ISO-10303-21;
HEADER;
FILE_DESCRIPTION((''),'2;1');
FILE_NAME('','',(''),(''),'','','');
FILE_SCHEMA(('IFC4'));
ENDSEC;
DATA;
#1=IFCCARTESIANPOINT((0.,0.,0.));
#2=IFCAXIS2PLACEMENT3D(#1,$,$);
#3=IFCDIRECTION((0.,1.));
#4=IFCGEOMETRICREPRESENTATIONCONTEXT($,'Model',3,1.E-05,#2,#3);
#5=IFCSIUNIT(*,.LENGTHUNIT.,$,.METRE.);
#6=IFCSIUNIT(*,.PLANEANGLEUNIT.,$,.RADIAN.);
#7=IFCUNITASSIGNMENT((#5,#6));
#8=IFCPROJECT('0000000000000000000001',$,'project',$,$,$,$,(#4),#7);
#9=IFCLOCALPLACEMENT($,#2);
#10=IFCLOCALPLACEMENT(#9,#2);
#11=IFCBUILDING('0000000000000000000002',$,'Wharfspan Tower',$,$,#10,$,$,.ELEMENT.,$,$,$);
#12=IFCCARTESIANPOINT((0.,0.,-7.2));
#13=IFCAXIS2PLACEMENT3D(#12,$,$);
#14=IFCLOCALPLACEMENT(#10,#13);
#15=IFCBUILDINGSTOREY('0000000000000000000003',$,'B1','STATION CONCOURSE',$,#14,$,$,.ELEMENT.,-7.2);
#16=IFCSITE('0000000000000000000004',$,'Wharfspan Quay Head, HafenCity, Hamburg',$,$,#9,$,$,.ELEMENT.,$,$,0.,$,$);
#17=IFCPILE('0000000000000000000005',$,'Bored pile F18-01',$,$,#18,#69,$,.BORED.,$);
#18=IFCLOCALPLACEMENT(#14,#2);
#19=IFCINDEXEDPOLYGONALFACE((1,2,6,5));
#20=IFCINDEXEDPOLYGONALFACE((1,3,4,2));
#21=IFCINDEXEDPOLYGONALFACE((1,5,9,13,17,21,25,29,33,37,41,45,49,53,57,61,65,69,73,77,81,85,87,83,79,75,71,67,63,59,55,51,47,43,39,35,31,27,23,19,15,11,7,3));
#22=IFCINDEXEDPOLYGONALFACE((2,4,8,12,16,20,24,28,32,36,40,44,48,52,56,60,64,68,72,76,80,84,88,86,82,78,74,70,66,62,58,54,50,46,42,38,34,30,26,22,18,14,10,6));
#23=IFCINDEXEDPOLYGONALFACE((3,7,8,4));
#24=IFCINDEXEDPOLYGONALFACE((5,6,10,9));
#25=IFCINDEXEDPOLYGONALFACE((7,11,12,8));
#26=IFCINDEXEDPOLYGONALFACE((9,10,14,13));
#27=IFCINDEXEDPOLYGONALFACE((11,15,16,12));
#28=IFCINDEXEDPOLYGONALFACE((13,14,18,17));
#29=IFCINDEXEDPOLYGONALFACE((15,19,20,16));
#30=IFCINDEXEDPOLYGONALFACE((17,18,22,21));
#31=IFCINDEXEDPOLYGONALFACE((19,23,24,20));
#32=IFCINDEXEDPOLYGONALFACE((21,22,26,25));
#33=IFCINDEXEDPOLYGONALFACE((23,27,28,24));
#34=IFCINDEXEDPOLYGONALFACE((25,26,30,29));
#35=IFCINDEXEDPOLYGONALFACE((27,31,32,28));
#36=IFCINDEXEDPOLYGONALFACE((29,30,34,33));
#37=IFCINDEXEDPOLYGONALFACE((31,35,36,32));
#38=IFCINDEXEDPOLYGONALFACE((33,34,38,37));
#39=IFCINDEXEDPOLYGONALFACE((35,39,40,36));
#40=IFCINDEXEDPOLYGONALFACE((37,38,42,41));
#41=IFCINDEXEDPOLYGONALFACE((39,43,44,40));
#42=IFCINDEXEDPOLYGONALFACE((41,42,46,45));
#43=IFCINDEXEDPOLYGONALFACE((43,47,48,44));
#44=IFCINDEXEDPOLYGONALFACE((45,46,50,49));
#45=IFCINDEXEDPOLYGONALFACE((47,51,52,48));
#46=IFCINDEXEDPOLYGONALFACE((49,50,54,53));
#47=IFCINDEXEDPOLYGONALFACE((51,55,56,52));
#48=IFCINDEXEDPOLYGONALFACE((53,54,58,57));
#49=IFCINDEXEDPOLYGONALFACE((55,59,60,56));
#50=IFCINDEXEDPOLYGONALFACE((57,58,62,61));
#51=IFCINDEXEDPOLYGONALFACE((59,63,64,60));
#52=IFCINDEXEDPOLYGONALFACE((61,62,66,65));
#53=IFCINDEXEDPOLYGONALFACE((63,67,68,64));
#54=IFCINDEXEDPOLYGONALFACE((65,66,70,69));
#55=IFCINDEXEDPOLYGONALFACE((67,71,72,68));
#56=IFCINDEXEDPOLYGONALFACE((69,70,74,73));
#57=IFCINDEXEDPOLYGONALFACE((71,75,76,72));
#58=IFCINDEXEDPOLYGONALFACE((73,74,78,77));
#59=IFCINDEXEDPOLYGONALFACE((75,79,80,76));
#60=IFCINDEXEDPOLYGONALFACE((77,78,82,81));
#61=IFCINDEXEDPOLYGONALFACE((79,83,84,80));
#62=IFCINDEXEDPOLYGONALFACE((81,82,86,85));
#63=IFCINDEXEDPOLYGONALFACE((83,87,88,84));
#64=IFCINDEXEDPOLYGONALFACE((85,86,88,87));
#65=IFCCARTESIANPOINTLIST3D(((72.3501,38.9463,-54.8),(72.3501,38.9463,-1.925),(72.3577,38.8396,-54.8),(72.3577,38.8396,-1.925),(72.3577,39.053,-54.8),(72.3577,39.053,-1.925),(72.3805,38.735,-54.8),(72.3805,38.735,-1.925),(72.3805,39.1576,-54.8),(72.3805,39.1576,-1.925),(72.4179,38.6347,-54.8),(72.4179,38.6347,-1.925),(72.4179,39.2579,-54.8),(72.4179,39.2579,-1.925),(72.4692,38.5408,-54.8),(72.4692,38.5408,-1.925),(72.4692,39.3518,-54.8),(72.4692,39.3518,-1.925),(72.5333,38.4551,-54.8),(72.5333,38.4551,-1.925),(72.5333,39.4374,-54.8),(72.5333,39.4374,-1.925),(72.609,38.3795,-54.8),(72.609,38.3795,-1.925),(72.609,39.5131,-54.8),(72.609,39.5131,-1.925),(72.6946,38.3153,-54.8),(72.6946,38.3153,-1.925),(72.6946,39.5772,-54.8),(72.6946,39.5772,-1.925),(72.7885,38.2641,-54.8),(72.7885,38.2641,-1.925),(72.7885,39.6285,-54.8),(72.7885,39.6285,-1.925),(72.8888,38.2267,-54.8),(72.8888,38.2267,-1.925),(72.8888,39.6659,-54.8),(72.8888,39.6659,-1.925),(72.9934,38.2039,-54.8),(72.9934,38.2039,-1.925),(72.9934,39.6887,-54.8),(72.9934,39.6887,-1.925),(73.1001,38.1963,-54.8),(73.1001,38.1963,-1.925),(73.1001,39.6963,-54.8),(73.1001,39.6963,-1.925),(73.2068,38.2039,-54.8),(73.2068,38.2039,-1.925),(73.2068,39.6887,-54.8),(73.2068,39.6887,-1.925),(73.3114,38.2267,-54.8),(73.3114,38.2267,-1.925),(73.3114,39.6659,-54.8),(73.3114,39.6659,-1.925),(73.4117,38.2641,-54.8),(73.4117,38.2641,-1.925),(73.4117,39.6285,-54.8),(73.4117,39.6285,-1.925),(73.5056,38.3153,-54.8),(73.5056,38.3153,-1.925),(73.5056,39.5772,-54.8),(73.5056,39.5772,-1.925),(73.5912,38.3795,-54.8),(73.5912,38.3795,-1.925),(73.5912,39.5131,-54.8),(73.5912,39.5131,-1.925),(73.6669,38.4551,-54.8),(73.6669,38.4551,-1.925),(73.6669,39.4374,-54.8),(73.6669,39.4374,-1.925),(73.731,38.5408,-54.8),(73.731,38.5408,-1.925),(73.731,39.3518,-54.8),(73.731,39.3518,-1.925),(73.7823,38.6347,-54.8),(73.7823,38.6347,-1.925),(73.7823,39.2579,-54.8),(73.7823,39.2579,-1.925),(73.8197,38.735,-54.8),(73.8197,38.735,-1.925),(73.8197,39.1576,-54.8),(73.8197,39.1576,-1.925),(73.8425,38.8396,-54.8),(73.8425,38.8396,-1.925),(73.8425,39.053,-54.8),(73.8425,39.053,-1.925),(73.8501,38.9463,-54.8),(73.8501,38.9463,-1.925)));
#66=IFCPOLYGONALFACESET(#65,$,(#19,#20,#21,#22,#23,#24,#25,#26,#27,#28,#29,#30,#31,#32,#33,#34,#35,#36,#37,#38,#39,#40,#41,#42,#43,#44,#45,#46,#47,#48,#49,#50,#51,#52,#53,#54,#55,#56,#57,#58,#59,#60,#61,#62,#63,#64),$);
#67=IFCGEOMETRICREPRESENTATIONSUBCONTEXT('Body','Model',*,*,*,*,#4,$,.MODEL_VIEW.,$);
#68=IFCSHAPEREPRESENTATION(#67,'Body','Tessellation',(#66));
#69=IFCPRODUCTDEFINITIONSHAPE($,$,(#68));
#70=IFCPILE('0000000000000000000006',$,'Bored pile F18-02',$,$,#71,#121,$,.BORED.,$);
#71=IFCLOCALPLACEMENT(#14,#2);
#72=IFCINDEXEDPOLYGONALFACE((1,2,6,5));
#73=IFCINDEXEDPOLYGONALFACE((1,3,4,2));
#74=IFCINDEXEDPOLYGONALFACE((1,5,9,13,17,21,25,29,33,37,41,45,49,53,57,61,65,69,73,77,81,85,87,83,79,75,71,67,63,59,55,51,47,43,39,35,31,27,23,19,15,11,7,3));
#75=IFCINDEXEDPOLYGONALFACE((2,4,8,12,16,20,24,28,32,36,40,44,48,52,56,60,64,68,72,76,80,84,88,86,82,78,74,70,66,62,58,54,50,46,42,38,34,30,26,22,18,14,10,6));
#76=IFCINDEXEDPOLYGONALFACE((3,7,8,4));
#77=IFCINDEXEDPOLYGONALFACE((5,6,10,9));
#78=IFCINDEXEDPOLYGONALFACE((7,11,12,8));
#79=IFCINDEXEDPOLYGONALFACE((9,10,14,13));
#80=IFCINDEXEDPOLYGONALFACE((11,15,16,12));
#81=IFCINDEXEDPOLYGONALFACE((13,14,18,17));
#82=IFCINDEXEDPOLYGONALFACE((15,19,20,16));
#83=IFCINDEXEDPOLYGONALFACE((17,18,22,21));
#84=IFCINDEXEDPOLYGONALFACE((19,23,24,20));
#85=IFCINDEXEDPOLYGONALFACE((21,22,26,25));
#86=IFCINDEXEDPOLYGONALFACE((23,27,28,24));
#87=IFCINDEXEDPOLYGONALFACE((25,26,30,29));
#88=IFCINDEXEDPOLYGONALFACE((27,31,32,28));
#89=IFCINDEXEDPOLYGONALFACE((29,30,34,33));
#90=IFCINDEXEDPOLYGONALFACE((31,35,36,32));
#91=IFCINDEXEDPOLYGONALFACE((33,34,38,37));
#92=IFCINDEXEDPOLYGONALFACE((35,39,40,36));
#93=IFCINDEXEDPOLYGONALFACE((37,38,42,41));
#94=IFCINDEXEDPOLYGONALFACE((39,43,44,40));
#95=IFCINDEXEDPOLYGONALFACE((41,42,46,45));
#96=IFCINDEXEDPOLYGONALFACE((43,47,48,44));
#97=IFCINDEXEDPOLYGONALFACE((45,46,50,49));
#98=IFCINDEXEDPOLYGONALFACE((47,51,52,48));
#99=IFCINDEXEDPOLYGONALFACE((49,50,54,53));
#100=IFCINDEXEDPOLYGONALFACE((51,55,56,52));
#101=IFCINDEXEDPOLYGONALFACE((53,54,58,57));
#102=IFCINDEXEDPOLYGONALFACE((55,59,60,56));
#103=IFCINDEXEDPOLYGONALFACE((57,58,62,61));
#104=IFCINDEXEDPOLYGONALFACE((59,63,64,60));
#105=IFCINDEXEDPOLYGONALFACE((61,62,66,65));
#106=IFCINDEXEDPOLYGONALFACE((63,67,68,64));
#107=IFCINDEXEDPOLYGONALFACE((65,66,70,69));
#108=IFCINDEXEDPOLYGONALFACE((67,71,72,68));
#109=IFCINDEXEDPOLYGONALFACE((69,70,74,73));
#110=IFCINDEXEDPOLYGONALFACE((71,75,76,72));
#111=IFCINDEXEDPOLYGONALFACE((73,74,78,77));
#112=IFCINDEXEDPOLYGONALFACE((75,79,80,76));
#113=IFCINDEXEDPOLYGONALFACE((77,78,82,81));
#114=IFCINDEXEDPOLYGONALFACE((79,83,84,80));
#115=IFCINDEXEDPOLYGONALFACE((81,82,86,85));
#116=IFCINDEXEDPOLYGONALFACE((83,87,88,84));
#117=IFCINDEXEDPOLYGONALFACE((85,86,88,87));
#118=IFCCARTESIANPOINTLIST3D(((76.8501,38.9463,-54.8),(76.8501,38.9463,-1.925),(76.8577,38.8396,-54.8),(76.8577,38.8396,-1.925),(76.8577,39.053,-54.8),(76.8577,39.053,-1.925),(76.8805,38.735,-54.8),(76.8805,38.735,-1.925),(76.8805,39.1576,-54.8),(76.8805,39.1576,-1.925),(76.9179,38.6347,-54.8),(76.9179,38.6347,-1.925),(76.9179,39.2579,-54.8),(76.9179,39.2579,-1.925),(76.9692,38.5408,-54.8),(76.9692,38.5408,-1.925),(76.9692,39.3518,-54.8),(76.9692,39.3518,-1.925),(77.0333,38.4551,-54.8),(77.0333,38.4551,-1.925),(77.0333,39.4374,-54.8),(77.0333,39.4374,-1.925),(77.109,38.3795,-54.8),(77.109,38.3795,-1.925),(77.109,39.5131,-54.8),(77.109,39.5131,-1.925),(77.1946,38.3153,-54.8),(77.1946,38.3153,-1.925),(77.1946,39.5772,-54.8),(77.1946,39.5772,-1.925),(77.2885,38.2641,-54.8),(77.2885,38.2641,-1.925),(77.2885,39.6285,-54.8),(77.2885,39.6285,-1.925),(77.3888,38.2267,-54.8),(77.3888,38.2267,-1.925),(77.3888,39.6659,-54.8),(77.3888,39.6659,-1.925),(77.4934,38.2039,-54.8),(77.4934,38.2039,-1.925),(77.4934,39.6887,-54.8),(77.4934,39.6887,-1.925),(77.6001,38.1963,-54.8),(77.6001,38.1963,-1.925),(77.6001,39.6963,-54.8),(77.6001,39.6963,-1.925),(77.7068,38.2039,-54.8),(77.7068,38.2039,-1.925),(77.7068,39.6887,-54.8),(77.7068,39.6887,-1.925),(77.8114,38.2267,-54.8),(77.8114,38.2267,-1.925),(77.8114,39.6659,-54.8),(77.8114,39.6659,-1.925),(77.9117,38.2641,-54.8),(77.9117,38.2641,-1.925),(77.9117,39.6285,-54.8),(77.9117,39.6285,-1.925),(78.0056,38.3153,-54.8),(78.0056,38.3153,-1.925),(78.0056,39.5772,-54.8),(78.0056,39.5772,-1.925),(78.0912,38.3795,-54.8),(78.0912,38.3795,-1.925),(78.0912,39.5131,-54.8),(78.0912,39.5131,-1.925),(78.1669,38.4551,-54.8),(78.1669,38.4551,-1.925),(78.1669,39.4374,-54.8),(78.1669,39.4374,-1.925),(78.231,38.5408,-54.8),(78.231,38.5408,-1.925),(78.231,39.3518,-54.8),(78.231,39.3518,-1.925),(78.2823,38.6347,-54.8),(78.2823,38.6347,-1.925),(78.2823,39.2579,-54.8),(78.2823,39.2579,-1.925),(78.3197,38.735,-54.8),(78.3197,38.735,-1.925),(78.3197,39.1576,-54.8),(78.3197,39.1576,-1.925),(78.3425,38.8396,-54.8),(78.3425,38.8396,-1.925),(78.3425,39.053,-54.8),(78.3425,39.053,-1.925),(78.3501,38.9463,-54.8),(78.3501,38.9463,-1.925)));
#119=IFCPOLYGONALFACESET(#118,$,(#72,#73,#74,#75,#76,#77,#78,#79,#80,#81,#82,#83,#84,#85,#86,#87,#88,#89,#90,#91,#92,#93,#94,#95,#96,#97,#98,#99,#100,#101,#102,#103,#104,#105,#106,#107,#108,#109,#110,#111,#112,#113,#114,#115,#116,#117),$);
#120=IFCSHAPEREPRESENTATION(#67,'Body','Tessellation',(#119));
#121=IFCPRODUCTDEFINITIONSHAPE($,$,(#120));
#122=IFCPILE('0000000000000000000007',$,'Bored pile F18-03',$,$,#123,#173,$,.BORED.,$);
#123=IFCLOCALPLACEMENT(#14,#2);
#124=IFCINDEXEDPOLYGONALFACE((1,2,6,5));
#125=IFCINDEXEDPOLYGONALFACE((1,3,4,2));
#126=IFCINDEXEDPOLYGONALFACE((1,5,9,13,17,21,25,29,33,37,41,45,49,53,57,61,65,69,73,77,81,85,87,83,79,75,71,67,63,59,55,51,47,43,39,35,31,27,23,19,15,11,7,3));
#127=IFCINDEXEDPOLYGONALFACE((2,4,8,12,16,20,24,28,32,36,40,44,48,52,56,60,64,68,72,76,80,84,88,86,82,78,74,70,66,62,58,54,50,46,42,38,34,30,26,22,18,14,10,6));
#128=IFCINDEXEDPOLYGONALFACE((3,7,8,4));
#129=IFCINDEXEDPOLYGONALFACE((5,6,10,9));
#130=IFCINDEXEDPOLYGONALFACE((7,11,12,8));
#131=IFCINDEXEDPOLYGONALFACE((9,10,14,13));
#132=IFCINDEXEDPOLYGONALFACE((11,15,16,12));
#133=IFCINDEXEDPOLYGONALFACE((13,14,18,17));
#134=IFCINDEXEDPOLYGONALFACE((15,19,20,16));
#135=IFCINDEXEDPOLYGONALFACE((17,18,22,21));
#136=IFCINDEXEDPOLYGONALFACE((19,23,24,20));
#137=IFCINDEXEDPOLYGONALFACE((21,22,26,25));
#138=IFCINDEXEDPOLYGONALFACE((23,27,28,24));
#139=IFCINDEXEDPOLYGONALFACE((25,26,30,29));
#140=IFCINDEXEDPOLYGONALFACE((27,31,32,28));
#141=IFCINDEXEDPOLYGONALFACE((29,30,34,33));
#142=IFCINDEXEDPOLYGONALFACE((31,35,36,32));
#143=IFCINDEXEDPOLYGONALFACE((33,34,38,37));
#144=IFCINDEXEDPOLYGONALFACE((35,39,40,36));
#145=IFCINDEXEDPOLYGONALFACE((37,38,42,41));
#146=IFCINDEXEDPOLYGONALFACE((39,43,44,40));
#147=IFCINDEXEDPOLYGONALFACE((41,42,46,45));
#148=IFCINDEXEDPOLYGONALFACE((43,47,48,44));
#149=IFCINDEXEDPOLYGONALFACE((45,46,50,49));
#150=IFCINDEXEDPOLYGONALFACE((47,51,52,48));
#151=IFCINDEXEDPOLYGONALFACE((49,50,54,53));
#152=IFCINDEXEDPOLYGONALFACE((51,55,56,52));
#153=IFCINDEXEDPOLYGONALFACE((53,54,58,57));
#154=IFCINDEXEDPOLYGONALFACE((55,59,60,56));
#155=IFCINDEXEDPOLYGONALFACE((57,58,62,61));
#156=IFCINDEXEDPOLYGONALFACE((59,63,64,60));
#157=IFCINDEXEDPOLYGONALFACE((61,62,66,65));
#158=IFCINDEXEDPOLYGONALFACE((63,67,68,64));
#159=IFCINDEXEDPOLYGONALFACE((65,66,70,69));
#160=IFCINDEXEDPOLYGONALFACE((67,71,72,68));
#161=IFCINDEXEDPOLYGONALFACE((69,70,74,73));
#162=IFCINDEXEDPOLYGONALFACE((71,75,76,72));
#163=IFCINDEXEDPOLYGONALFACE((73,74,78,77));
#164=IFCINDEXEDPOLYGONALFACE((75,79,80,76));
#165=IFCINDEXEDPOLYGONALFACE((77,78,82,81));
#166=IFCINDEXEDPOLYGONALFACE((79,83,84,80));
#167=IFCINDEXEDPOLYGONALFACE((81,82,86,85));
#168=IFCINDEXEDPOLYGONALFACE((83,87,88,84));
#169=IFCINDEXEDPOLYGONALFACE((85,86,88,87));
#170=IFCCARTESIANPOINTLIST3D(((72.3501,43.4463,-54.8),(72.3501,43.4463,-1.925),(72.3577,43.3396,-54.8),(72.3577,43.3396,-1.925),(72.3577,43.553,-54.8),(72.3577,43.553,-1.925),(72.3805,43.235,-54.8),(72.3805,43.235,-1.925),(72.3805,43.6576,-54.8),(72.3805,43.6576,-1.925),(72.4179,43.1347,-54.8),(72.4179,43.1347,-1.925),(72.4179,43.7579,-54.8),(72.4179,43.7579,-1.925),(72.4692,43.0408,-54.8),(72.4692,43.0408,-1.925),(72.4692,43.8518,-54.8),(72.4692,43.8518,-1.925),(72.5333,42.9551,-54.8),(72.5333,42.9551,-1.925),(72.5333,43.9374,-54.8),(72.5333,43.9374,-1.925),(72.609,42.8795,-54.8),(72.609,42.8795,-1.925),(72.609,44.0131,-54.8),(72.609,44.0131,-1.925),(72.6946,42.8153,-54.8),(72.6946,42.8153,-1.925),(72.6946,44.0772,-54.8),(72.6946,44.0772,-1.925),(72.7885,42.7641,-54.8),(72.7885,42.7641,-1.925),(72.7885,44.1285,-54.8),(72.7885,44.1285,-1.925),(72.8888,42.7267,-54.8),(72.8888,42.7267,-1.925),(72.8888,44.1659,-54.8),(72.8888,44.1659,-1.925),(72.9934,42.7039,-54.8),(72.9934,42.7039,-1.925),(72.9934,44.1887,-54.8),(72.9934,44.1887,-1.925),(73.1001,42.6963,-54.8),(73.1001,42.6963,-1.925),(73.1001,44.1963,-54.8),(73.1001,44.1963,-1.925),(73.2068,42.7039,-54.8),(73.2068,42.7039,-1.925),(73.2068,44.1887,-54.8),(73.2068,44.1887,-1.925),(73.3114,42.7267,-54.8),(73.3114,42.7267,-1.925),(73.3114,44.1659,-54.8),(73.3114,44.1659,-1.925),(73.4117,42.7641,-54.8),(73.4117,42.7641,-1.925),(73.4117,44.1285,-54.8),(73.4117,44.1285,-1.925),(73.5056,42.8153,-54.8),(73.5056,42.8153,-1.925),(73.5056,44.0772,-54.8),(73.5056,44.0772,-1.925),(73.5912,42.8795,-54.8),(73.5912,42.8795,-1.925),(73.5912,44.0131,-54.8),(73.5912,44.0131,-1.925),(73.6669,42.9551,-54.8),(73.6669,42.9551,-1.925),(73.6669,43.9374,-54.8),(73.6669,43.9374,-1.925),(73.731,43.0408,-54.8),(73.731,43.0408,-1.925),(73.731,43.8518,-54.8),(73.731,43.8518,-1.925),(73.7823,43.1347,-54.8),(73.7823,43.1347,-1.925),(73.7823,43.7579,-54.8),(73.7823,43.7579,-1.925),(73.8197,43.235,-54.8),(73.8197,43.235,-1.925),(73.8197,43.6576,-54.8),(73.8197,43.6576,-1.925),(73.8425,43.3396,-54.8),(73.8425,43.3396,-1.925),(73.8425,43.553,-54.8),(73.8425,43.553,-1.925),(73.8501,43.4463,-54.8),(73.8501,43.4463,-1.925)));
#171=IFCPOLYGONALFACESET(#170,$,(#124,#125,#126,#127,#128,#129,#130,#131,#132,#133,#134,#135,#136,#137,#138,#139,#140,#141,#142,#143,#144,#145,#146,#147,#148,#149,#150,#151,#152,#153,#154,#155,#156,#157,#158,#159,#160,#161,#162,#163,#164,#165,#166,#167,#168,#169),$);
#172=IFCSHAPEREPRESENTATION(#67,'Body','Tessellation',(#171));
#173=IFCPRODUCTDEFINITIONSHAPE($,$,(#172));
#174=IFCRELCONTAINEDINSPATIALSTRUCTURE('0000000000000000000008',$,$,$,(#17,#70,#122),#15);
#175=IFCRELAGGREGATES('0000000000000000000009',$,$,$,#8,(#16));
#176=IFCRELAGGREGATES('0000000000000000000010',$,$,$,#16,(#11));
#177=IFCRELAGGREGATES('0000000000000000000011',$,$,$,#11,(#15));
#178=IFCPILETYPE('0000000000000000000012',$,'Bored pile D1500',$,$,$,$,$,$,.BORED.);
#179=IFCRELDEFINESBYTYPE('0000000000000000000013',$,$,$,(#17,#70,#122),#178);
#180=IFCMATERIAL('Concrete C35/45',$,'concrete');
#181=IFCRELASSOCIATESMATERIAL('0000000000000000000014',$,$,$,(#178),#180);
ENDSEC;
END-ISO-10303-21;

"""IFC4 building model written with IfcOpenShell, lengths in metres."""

from ifc_helpers import new_model, si_unit, direction, frame, origin, origin_2d, place, context, subcontext, project, spatial, circle, extrude, material, material_profile, profile_set, type_object, element, save


model = new_model("IFC4")

# Units and contexts
model_context = context("Model", 3, precision=1e-05, world=origin(), true_north=direction((0.0, 1.0)))
body_context = subcontext(model_context, "Body", "Model", "MODEL_VIEW")
ifc_project = project(units=[si_unit("LENGTHUNIT", "METRE"), si_unit("PLANEANGLEUNIT", "RADIAN")], contexts=[model_context])

# Site, building, storey
site_placement = place(None, origin())
site = spatial("IfcSite", under=ifc_project, at=site_placement, Name="Wharfspan Quay Head, HafenCity, Hamburg", CompositionType="ELEMENT", RefElevation=0.0)
building_placement = place(site_placement, origin())
building = spatial("IfcBuilding", under=site, at=building_placement, Name="Wharfspan Tower", CompositionType="ELEMENT")
storey_placement = place(building_placement, frame((0.0, 0.0, -7.2)))
storey = spatial("IfcBuildingStorey", under=building, at=storey_placement, Name="B1", Description="STATION CONCOURSE", CompositionType="ELEMENT", Elevation=-7.2)

# Piles
ifc_material_1 = material(Name="Concrete C35/45", Category="concrete")
ifc_material_profile_1 = material_profile(ifc_material_1, circle(Radius=0.75, at=origin_2d()))
ifc_profile_set_1 = profile_set([ifc_material_profile_1], Name="Concrete C35/45")
pile_type = type_object("IfcPileType", Name="Bored pile D1500", PredefinedType="BORED", material=ifc_profile_set_1)
for number, where, z_axis, x_axis, name in (
    (1, (73.1001, 38.9463, -1.925), (0.0, 0.0, -1.0), (1.0, 0.0, 0.0), "Bored pile F18-01"),
    (2, (77.6001, 38.9463, -1.925), (0.0, 0.0, -1.0), (1.0, 0.0, 0.0), "Bored pile F18-02"),
    (3, (73.1001, 43.4463, -1.925), (0.0, 0.0, -1.0), (1.0, 0.0, 0.0), "Bored pile F18-03"),
):
    element("IfcPile", number, at=place(storey_placement, frame(where, z_axis=z_axis, x_axis=x_axis)), inside=storey, type_object=pile_type, Name=name, PredefinedType="BORED", context=body_context, shape_type="SweptSolid", body=[
        extrude(circle(Radius=0.75, at=origin_2d()), origin(), (0.0, 0.0, 1.0), 52.875),
    ])

save(model, "model.ifc")
